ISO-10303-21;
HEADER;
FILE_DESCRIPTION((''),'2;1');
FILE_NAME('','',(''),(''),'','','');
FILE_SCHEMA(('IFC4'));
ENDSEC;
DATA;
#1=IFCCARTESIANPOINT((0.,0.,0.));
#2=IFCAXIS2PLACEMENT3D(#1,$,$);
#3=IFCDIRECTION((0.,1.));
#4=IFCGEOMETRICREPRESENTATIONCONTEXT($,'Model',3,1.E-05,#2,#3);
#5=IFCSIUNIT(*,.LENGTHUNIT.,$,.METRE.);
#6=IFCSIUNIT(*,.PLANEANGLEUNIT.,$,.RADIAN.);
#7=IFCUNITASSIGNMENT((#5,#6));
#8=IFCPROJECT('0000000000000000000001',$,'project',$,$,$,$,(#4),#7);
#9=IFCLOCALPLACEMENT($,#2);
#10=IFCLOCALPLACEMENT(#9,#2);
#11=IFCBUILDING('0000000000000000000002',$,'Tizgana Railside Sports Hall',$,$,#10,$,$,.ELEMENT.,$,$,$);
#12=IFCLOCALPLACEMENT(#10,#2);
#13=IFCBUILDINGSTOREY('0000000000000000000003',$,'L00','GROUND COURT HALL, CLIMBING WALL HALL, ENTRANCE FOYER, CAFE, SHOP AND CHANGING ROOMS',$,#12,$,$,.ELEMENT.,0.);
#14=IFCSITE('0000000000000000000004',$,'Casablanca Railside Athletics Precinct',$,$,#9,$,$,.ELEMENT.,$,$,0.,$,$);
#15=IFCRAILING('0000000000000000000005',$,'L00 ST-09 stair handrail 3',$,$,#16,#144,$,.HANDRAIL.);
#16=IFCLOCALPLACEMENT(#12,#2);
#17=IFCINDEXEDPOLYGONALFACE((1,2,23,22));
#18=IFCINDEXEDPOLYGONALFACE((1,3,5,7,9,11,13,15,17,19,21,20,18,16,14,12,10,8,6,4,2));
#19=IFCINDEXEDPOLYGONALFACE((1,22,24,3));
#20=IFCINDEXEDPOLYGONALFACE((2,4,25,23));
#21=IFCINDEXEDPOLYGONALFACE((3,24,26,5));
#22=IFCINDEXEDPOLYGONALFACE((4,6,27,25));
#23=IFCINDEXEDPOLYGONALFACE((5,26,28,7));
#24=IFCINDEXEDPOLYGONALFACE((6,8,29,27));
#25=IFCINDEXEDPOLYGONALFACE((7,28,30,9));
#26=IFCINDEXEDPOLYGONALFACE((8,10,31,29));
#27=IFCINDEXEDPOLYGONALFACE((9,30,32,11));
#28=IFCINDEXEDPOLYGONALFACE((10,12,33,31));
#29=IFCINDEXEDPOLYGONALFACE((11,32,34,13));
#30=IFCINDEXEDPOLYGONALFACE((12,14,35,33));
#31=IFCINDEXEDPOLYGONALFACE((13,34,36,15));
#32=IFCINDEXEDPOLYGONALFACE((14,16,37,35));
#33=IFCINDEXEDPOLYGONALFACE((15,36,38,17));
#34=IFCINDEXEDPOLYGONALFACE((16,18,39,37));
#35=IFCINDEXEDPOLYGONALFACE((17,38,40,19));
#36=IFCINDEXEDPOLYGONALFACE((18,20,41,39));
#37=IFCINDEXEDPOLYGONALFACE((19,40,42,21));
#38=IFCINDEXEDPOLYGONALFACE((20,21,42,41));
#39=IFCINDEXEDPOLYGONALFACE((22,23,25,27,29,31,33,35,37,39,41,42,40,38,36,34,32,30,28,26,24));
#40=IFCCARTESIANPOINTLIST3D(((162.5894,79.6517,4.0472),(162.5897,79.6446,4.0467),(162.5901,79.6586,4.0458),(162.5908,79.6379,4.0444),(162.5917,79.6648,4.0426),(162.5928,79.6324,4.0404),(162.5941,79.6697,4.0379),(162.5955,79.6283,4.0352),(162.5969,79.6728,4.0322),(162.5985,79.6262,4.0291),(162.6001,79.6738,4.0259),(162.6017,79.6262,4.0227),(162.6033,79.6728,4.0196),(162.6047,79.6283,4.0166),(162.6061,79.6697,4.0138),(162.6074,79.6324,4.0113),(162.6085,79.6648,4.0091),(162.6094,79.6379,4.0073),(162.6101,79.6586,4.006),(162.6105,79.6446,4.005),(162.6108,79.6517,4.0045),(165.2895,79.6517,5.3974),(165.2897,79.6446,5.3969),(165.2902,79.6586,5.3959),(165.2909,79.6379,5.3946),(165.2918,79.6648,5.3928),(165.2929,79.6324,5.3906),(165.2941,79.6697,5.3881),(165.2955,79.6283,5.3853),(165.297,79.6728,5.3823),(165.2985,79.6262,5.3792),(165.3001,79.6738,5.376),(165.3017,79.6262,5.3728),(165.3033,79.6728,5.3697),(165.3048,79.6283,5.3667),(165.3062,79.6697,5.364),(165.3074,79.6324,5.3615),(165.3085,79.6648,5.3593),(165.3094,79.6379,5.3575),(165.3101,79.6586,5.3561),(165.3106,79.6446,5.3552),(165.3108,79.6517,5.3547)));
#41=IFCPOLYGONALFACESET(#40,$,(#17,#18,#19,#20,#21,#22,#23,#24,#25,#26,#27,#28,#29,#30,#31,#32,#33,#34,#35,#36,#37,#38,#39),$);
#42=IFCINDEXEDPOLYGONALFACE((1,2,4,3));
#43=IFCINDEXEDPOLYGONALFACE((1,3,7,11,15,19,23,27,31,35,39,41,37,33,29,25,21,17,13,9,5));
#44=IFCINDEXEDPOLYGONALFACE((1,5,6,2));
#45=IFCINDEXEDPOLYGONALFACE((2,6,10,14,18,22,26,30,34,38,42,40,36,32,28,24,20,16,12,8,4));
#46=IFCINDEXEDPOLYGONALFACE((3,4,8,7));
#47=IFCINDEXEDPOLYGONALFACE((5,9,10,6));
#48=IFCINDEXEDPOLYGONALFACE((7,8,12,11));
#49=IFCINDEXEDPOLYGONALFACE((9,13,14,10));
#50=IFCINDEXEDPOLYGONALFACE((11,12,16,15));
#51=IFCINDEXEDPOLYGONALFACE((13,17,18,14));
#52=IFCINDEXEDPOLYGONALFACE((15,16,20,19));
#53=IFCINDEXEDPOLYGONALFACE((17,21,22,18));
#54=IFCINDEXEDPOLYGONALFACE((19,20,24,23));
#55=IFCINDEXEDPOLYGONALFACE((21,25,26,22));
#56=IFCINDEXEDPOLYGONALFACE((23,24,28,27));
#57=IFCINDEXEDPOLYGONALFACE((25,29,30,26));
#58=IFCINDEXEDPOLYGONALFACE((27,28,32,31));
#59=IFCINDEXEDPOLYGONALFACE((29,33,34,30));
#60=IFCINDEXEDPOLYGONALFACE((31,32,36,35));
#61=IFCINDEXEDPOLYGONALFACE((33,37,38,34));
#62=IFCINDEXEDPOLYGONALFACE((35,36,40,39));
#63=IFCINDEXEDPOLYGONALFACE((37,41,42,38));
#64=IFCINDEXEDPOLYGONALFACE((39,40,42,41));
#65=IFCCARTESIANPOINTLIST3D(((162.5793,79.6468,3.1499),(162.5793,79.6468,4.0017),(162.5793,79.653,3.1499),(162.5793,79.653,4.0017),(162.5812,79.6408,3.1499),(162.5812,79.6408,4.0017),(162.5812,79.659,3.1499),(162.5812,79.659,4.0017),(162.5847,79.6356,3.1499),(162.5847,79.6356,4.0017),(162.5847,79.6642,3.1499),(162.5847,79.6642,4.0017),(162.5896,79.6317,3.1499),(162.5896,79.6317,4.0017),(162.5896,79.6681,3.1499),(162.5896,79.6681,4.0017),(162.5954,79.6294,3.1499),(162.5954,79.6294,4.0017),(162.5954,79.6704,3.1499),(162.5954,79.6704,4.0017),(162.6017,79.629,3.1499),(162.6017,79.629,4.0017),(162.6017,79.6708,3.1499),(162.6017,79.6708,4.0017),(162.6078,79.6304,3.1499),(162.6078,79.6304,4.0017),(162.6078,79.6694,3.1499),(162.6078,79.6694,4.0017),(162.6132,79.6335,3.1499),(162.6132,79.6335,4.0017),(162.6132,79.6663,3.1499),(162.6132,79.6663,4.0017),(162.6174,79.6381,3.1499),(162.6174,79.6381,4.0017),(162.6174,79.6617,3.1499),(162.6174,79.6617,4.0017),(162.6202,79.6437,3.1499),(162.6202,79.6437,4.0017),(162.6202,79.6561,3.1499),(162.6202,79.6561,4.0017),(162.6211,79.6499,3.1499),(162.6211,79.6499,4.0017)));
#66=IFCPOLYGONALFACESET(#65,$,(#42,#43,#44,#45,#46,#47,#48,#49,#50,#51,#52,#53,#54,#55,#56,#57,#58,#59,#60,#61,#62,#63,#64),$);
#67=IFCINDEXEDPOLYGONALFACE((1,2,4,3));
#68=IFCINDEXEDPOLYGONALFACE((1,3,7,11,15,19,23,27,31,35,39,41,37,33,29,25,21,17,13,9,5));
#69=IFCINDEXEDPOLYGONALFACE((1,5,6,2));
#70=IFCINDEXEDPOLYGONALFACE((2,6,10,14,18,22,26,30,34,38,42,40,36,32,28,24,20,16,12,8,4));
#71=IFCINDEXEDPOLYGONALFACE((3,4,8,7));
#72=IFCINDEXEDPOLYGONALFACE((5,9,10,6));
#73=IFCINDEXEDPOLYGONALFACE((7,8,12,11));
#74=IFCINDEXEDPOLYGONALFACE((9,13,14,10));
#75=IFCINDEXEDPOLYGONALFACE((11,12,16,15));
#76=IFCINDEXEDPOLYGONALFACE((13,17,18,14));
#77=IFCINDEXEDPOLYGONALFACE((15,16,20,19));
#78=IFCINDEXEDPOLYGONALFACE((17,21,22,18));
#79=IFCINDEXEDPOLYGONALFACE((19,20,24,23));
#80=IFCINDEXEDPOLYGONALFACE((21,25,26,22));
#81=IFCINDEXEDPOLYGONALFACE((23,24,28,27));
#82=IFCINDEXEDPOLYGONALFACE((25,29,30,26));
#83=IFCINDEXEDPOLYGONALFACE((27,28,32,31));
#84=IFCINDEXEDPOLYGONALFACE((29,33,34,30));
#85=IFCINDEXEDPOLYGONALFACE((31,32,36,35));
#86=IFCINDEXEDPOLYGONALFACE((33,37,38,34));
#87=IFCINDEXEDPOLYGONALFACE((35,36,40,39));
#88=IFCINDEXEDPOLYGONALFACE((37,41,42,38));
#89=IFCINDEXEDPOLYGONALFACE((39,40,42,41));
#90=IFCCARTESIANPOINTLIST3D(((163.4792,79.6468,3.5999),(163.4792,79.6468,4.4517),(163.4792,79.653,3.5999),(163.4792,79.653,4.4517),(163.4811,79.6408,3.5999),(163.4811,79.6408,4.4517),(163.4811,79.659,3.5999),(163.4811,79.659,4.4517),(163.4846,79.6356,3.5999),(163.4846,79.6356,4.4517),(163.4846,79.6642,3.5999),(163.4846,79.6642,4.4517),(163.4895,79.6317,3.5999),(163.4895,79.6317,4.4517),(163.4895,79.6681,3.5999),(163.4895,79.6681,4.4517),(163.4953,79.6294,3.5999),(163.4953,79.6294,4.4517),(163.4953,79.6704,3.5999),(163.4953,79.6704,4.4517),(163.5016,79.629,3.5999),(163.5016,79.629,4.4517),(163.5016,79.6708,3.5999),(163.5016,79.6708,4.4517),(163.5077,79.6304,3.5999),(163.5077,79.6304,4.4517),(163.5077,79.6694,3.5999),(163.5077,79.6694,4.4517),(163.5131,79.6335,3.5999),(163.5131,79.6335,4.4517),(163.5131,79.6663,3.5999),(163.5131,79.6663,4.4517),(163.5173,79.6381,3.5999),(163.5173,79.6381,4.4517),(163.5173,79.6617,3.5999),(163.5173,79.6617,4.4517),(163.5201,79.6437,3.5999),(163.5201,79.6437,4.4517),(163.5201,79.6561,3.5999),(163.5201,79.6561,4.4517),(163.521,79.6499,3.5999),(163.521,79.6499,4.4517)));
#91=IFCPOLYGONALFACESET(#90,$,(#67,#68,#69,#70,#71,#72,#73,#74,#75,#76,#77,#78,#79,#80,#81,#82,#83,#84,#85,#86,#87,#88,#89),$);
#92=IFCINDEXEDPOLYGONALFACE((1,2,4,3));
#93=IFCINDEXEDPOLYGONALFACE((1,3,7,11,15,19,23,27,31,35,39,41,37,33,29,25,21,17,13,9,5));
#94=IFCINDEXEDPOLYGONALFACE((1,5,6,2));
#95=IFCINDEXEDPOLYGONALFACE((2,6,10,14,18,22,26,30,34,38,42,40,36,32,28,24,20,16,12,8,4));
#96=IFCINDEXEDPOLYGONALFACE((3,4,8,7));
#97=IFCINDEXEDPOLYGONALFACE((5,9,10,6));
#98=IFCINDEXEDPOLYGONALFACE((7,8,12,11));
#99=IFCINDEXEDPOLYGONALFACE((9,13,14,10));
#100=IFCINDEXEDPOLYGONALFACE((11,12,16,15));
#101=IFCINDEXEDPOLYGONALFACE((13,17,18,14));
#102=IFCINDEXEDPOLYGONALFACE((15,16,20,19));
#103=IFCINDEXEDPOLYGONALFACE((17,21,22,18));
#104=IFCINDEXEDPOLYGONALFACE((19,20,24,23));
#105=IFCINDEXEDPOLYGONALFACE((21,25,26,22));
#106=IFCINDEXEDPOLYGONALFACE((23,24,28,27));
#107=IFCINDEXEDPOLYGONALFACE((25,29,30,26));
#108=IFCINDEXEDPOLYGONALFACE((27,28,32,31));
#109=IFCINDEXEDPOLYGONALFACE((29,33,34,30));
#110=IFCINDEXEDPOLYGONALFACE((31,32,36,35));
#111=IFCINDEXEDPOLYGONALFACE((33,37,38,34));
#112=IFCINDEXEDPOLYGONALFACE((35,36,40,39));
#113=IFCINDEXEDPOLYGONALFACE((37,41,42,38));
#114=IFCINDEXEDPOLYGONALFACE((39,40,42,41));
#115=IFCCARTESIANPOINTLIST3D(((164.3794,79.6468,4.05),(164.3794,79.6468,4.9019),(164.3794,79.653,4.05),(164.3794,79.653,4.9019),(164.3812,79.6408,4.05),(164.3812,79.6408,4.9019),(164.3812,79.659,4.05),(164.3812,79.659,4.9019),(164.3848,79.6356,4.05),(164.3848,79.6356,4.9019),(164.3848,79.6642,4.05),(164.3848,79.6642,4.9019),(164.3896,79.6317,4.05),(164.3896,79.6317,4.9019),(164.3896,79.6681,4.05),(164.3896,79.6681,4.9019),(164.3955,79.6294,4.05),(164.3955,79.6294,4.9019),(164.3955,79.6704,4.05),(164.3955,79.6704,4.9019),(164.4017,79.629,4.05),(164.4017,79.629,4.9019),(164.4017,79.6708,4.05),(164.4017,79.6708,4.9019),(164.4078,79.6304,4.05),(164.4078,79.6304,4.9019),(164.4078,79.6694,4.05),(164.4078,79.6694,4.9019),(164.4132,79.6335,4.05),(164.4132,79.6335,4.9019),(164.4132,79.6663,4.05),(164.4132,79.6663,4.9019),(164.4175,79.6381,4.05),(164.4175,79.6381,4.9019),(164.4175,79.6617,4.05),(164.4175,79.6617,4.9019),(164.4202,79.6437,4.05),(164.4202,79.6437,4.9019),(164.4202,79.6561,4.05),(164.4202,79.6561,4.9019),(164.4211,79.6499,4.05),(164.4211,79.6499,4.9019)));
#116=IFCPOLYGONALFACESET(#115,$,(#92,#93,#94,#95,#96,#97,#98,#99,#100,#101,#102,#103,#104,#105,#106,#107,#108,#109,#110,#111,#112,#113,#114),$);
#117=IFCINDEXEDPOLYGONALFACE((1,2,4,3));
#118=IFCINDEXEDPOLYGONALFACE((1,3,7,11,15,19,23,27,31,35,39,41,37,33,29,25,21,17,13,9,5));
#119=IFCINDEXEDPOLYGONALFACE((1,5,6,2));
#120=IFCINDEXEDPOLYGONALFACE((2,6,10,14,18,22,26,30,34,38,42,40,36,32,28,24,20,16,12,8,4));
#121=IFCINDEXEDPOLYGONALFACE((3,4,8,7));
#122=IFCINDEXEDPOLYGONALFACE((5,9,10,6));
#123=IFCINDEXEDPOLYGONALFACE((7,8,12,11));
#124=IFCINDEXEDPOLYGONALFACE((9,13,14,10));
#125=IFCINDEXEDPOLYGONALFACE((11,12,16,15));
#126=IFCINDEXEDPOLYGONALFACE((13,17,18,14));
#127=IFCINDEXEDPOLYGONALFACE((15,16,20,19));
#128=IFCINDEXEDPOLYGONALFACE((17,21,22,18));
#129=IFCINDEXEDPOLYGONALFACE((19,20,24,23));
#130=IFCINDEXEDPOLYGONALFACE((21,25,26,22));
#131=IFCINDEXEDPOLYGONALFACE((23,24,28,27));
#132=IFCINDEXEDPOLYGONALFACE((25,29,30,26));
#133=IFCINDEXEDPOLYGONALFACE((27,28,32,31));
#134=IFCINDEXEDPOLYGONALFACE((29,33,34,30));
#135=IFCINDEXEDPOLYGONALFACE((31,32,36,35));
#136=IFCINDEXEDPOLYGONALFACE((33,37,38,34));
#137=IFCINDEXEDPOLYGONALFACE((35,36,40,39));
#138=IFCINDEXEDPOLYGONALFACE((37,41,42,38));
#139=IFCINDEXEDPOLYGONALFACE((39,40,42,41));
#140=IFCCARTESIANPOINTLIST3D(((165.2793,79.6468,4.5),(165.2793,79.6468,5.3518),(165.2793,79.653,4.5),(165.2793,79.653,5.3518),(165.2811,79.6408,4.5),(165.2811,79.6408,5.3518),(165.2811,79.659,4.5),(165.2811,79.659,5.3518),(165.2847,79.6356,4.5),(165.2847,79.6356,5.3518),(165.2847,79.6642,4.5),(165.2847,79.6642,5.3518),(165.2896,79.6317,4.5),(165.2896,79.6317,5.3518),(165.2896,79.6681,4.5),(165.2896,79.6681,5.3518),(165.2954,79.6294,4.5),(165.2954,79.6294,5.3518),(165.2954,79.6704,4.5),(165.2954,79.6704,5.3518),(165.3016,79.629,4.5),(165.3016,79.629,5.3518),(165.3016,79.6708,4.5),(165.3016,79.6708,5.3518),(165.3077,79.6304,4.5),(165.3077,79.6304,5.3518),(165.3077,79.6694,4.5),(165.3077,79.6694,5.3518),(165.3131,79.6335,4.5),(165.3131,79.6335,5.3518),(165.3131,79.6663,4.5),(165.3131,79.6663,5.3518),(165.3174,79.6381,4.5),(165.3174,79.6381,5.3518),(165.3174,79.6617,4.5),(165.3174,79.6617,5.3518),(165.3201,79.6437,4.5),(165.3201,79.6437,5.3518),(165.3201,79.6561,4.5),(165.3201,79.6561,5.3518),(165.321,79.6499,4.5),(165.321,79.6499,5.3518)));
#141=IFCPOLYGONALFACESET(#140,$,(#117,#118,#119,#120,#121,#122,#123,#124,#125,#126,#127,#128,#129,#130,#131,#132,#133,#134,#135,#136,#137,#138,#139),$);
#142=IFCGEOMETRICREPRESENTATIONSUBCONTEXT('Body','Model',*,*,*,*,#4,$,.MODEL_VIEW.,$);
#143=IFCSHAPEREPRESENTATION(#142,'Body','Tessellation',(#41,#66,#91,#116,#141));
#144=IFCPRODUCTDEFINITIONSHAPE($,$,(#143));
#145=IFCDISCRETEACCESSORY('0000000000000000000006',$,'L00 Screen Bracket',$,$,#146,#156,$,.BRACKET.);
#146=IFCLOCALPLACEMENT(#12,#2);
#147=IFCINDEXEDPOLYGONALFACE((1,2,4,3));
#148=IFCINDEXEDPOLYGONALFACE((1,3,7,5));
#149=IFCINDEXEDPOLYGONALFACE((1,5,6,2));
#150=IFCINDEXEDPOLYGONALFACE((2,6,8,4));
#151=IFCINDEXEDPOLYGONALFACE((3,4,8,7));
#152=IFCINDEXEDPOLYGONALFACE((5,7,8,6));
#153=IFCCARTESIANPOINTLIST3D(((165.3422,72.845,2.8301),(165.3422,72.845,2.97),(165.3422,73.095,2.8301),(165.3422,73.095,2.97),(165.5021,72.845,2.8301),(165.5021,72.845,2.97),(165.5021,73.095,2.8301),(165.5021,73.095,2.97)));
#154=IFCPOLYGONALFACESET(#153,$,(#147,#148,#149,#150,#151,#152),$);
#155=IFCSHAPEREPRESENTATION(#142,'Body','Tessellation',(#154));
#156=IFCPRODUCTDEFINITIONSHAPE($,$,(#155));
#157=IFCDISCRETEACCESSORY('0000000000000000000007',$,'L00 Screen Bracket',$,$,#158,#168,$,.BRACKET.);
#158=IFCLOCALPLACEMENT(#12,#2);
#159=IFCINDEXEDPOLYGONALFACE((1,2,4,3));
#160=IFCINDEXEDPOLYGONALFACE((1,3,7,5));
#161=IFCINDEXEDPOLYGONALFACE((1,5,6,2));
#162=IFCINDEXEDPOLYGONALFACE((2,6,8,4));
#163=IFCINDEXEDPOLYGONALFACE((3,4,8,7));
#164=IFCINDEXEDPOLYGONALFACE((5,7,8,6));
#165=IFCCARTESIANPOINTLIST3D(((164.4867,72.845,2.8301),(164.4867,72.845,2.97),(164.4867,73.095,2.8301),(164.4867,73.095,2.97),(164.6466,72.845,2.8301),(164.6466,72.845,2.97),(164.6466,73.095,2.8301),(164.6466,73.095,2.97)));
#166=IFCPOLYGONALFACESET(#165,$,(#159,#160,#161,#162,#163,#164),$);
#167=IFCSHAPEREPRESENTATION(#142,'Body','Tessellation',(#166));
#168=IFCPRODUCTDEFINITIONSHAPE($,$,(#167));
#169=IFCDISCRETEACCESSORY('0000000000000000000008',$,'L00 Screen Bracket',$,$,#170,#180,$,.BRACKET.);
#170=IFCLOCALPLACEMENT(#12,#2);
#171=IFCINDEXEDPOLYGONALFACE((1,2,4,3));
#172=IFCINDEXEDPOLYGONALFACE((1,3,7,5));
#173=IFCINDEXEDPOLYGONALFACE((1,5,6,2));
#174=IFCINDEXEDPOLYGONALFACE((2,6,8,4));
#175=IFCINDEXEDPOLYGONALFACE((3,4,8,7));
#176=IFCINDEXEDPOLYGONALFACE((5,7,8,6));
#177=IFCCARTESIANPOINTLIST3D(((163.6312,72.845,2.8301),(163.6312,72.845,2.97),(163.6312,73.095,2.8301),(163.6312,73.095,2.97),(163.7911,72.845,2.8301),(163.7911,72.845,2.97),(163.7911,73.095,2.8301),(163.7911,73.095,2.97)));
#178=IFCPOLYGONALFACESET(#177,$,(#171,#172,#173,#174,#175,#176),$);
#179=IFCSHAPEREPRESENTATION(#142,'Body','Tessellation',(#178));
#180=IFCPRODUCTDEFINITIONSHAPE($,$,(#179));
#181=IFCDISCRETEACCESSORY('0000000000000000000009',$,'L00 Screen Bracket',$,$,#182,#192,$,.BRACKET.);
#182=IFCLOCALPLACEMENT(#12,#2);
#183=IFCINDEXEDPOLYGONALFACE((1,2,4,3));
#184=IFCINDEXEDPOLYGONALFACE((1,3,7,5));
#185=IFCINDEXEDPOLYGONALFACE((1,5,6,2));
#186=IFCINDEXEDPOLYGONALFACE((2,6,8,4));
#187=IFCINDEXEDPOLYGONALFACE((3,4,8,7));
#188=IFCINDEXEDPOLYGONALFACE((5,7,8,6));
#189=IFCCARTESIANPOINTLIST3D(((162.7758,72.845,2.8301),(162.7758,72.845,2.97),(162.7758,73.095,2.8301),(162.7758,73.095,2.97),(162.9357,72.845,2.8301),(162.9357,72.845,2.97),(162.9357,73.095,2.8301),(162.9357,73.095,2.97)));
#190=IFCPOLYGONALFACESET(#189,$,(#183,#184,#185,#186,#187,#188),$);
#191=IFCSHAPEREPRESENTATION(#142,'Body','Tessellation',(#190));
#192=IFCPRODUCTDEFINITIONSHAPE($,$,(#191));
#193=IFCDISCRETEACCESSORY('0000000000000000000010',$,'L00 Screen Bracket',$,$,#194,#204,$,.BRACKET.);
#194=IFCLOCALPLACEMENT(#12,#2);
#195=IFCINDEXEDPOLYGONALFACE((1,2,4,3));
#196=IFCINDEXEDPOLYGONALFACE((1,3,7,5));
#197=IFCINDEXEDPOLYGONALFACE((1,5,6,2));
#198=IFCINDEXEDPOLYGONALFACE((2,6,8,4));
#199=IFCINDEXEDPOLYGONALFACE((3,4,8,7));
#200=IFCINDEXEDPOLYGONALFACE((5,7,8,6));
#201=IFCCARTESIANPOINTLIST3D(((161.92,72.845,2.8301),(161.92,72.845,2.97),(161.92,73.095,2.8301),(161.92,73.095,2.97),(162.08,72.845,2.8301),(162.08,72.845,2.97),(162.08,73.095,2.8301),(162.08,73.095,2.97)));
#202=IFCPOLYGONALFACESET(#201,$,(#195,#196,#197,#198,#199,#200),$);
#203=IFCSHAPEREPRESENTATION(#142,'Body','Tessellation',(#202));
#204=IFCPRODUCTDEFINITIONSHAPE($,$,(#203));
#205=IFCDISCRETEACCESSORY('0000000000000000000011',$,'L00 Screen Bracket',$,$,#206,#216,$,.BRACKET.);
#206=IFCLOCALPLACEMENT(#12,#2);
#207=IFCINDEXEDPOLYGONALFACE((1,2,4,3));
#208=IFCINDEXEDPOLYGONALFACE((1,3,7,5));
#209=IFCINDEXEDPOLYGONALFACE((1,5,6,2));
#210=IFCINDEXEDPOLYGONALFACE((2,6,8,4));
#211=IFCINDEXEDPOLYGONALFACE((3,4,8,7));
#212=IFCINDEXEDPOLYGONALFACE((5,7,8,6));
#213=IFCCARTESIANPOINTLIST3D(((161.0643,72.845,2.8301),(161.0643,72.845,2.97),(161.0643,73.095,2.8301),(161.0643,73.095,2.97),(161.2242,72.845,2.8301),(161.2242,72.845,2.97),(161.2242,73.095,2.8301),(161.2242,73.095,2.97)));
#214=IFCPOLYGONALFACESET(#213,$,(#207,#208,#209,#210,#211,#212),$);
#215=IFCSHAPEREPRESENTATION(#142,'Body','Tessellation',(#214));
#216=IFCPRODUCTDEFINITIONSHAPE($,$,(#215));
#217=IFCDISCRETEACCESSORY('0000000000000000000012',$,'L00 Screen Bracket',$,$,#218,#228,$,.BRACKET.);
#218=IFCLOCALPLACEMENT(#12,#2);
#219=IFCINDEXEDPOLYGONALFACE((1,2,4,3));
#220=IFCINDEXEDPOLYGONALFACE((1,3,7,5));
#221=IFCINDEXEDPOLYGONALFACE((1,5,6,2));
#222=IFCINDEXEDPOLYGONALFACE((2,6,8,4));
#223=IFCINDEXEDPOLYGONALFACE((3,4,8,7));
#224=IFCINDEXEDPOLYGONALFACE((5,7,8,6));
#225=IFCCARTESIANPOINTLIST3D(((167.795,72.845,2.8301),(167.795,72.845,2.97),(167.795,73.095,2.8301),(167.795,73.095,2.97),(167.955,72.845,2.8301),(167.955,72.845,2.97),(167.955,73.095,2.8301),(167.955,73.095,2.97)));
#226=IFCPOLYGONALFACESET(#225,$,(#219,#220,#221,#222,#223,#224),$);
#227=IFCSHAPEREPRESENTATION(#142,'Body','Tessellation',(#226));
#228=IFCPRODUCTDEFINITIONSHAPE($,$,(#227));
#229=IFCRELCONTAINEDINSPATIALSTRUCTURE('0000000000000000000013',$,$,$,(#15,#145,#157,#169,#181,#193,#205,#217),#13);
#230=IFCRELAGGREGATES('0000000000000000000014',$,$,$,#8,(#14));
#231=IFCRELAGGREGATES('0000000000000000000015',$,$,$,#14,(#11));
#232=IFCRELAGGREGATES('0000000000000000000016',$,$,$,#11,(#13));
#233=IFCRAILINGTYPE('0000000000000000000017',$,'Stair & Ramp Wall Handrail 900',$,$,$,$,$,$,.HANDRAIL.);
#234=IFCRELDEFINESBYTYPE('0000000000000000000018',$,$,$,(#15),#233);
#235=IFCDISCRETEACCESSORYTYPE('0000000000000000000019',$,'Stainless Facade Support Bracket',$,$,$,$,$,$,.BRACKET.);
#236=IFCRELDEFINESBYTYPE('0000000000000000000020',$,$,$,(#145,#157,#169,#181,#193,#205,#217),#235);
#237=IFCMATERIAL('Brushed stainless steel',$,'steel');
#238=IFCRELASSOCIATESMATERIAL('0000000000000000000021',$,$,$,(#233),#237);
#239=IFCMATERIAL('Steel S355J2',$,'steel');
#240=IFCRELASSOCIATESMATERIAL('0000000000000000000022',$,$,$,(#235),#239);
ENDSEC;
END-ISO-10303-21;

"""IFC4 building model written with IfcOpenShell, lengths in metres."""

from ifc_helpers import new_model, si_unit, direction, frame, origin, origin_2d, place, context, subcontext, project, spatial, rectangle, circle, extrude, material, type_object, element, save


model = new_model("IFC4")

# Units and contexts
model_context = context("Model", 3, precision=1e-05, world=origin(), true_north=direction((0.0, 1.0)))
body_context = subcontext(model_context, "Body", "Model", "MODEL_VIEW")
ifc_project = project(units=[si_unit("LENGTHUNIT", "METRE"), si_unit("PLANEANGLEUNIT", "RADIAN")], contexts=[model_context])

# Site, building, storey
site_placement = place(None, origin())
site = spatial("IfcSite", under=ifc_project, at=site_placement, Name="Casablanca Railside Athletics Precinct", CompositionType="ELEMENT", RefElevation=0.0)
building_placement = place(site_placement, origin())
building = spatial("IfcBuilding", under=site, at=building_placement, Name="Tizgana Railside Sports Hall", CompositionType="ELEMENT")
storey_placement = place(building_placement, origin())
storey = spatial("IfcBuildingStorey", under=building, at=storey_placement, Name="L00", Description="GROUND COURT HALL, CLIMBING WALL HALL, ENTRANCE FOYER, CAFE, SHOP AND CHANGING ROOMS", CompositionType="ELEMENT", Elevation=0.0)

# Shared definitions
ifc_material_1 = material(Name="Steel S355J2", Category="steel")

# Railing
ifc_material_2 = material(Name="Brushed stainless steel", Category="steel")
railing_type = type_object("IfcRailingType", Name="Stair & Ramp Wall Handrail 900", PredefinedType="HANDRAIL", material=ifc_material_2)
for number, where, name in (
    (1, (162.6001, 79.6499, 3.1499), "L00 ST-09 stair handrail 3"),
):
    element("IfcRailing", number, at=place(storey_placement, frame(where)), inside=storey, type_object=railing_type, Name=name, PredefinedType="HANDRAIL", context=body_context, shape_type="SweptSolid", body=[
        extrude(circle(Radius=0.0239, at=origin_2d()), frame((0.0, 0.0, 0.876), z_axis=(0.894411, 0.0, 0.447246), x_axis=(0.0, 1.0, 0.0)), (0.0, 0.0, 1.0), 3.0188),
        extrude(circle(Radius=0.021, at=origin_2d()), origin(), (0.0, 0.0, 1.0), 0.8518),
        extrude(circle(Radius=0.021, at=origin_2d()), frame((0.8999, 0.0, 0.45)), (0.0, 0.0, 1.0), 0.8518),
        extrude(circle(Radius=0.021, at=origin_2d()), frame((1.8, 0.0, 0.9001)), (0.0, 0.0, 1.0), 0.8518),
        extrude(circle(Radius=0.021, at=origin_2d()), frame((2.7, 0.0, 1.3501)), (0.0, 0.0, 1.0), 0.8518),
    ])

# Discrete accessories
discrete_accessory_type = type_object("IfcDiscreteAccessoryType", Name="Stainless Facade Support Bracket", PredefinedType="BRACKET", material=ifc_material_1)
for number, where, z_axis, x_axis, name in (
    (2, (165.4221, 72.97, 2.8301), (0.0, 0.0, 1.0), (-1.0, 0.0, 0.0), "L00 Screen Bracket"),
    (3, (164.5667, 72.97, 2.8301), (0.0, 0.0, 1.0), (-1.0, 0.0, 0.0), "L00 Screen Bracket"),
    (4, (163.7112, 72.97, 2.8301), (0.0, 0.0, 1.0), (-1.0, 0.0, 0.0), "L00 Screen Bracket"),
    (5, (162.8557, 72.97, 2.8301), (0.0, 0.0, 1.0), (-1.0, 0.0, 0.0), "L00 Screen Bracket"),
    (6, (162.0, 72.97, 2.8301), (0.0, 0.0, 1.0), (-1.0, 0.0, 0.0), "L00 Screen Bracket"),
    (7, (161.1443, 72.97, 2.8301), (0.0, 0.0, 1.0), (-1.0, 0.0, 0.0), "L00 Screen Bracket"),
    (8, (167.875, 72.97, 2.8301), (0.0, 0.0, 1.0), (-1.0, 0.0, 0.0), "L00 Screen Bracket"),
):
    element("IfcDiscreteAccessory", number, at=place(storey_placement, frame(where, z_axis=z_axis, x_axis=x_axis)), inside=storey, type_object=discrete_accessory_type, Name=name, PredefinedType="BRACKET", context=body_context, shape_type="SweptSolid", body=[
        extrude(rectangle(XDim=0.1599, YDim=0.25, at=origin_2d()), origin(), (0.0, 0.0, 1.0), 0.1399),
    ])

save(model, "model.ifc")
